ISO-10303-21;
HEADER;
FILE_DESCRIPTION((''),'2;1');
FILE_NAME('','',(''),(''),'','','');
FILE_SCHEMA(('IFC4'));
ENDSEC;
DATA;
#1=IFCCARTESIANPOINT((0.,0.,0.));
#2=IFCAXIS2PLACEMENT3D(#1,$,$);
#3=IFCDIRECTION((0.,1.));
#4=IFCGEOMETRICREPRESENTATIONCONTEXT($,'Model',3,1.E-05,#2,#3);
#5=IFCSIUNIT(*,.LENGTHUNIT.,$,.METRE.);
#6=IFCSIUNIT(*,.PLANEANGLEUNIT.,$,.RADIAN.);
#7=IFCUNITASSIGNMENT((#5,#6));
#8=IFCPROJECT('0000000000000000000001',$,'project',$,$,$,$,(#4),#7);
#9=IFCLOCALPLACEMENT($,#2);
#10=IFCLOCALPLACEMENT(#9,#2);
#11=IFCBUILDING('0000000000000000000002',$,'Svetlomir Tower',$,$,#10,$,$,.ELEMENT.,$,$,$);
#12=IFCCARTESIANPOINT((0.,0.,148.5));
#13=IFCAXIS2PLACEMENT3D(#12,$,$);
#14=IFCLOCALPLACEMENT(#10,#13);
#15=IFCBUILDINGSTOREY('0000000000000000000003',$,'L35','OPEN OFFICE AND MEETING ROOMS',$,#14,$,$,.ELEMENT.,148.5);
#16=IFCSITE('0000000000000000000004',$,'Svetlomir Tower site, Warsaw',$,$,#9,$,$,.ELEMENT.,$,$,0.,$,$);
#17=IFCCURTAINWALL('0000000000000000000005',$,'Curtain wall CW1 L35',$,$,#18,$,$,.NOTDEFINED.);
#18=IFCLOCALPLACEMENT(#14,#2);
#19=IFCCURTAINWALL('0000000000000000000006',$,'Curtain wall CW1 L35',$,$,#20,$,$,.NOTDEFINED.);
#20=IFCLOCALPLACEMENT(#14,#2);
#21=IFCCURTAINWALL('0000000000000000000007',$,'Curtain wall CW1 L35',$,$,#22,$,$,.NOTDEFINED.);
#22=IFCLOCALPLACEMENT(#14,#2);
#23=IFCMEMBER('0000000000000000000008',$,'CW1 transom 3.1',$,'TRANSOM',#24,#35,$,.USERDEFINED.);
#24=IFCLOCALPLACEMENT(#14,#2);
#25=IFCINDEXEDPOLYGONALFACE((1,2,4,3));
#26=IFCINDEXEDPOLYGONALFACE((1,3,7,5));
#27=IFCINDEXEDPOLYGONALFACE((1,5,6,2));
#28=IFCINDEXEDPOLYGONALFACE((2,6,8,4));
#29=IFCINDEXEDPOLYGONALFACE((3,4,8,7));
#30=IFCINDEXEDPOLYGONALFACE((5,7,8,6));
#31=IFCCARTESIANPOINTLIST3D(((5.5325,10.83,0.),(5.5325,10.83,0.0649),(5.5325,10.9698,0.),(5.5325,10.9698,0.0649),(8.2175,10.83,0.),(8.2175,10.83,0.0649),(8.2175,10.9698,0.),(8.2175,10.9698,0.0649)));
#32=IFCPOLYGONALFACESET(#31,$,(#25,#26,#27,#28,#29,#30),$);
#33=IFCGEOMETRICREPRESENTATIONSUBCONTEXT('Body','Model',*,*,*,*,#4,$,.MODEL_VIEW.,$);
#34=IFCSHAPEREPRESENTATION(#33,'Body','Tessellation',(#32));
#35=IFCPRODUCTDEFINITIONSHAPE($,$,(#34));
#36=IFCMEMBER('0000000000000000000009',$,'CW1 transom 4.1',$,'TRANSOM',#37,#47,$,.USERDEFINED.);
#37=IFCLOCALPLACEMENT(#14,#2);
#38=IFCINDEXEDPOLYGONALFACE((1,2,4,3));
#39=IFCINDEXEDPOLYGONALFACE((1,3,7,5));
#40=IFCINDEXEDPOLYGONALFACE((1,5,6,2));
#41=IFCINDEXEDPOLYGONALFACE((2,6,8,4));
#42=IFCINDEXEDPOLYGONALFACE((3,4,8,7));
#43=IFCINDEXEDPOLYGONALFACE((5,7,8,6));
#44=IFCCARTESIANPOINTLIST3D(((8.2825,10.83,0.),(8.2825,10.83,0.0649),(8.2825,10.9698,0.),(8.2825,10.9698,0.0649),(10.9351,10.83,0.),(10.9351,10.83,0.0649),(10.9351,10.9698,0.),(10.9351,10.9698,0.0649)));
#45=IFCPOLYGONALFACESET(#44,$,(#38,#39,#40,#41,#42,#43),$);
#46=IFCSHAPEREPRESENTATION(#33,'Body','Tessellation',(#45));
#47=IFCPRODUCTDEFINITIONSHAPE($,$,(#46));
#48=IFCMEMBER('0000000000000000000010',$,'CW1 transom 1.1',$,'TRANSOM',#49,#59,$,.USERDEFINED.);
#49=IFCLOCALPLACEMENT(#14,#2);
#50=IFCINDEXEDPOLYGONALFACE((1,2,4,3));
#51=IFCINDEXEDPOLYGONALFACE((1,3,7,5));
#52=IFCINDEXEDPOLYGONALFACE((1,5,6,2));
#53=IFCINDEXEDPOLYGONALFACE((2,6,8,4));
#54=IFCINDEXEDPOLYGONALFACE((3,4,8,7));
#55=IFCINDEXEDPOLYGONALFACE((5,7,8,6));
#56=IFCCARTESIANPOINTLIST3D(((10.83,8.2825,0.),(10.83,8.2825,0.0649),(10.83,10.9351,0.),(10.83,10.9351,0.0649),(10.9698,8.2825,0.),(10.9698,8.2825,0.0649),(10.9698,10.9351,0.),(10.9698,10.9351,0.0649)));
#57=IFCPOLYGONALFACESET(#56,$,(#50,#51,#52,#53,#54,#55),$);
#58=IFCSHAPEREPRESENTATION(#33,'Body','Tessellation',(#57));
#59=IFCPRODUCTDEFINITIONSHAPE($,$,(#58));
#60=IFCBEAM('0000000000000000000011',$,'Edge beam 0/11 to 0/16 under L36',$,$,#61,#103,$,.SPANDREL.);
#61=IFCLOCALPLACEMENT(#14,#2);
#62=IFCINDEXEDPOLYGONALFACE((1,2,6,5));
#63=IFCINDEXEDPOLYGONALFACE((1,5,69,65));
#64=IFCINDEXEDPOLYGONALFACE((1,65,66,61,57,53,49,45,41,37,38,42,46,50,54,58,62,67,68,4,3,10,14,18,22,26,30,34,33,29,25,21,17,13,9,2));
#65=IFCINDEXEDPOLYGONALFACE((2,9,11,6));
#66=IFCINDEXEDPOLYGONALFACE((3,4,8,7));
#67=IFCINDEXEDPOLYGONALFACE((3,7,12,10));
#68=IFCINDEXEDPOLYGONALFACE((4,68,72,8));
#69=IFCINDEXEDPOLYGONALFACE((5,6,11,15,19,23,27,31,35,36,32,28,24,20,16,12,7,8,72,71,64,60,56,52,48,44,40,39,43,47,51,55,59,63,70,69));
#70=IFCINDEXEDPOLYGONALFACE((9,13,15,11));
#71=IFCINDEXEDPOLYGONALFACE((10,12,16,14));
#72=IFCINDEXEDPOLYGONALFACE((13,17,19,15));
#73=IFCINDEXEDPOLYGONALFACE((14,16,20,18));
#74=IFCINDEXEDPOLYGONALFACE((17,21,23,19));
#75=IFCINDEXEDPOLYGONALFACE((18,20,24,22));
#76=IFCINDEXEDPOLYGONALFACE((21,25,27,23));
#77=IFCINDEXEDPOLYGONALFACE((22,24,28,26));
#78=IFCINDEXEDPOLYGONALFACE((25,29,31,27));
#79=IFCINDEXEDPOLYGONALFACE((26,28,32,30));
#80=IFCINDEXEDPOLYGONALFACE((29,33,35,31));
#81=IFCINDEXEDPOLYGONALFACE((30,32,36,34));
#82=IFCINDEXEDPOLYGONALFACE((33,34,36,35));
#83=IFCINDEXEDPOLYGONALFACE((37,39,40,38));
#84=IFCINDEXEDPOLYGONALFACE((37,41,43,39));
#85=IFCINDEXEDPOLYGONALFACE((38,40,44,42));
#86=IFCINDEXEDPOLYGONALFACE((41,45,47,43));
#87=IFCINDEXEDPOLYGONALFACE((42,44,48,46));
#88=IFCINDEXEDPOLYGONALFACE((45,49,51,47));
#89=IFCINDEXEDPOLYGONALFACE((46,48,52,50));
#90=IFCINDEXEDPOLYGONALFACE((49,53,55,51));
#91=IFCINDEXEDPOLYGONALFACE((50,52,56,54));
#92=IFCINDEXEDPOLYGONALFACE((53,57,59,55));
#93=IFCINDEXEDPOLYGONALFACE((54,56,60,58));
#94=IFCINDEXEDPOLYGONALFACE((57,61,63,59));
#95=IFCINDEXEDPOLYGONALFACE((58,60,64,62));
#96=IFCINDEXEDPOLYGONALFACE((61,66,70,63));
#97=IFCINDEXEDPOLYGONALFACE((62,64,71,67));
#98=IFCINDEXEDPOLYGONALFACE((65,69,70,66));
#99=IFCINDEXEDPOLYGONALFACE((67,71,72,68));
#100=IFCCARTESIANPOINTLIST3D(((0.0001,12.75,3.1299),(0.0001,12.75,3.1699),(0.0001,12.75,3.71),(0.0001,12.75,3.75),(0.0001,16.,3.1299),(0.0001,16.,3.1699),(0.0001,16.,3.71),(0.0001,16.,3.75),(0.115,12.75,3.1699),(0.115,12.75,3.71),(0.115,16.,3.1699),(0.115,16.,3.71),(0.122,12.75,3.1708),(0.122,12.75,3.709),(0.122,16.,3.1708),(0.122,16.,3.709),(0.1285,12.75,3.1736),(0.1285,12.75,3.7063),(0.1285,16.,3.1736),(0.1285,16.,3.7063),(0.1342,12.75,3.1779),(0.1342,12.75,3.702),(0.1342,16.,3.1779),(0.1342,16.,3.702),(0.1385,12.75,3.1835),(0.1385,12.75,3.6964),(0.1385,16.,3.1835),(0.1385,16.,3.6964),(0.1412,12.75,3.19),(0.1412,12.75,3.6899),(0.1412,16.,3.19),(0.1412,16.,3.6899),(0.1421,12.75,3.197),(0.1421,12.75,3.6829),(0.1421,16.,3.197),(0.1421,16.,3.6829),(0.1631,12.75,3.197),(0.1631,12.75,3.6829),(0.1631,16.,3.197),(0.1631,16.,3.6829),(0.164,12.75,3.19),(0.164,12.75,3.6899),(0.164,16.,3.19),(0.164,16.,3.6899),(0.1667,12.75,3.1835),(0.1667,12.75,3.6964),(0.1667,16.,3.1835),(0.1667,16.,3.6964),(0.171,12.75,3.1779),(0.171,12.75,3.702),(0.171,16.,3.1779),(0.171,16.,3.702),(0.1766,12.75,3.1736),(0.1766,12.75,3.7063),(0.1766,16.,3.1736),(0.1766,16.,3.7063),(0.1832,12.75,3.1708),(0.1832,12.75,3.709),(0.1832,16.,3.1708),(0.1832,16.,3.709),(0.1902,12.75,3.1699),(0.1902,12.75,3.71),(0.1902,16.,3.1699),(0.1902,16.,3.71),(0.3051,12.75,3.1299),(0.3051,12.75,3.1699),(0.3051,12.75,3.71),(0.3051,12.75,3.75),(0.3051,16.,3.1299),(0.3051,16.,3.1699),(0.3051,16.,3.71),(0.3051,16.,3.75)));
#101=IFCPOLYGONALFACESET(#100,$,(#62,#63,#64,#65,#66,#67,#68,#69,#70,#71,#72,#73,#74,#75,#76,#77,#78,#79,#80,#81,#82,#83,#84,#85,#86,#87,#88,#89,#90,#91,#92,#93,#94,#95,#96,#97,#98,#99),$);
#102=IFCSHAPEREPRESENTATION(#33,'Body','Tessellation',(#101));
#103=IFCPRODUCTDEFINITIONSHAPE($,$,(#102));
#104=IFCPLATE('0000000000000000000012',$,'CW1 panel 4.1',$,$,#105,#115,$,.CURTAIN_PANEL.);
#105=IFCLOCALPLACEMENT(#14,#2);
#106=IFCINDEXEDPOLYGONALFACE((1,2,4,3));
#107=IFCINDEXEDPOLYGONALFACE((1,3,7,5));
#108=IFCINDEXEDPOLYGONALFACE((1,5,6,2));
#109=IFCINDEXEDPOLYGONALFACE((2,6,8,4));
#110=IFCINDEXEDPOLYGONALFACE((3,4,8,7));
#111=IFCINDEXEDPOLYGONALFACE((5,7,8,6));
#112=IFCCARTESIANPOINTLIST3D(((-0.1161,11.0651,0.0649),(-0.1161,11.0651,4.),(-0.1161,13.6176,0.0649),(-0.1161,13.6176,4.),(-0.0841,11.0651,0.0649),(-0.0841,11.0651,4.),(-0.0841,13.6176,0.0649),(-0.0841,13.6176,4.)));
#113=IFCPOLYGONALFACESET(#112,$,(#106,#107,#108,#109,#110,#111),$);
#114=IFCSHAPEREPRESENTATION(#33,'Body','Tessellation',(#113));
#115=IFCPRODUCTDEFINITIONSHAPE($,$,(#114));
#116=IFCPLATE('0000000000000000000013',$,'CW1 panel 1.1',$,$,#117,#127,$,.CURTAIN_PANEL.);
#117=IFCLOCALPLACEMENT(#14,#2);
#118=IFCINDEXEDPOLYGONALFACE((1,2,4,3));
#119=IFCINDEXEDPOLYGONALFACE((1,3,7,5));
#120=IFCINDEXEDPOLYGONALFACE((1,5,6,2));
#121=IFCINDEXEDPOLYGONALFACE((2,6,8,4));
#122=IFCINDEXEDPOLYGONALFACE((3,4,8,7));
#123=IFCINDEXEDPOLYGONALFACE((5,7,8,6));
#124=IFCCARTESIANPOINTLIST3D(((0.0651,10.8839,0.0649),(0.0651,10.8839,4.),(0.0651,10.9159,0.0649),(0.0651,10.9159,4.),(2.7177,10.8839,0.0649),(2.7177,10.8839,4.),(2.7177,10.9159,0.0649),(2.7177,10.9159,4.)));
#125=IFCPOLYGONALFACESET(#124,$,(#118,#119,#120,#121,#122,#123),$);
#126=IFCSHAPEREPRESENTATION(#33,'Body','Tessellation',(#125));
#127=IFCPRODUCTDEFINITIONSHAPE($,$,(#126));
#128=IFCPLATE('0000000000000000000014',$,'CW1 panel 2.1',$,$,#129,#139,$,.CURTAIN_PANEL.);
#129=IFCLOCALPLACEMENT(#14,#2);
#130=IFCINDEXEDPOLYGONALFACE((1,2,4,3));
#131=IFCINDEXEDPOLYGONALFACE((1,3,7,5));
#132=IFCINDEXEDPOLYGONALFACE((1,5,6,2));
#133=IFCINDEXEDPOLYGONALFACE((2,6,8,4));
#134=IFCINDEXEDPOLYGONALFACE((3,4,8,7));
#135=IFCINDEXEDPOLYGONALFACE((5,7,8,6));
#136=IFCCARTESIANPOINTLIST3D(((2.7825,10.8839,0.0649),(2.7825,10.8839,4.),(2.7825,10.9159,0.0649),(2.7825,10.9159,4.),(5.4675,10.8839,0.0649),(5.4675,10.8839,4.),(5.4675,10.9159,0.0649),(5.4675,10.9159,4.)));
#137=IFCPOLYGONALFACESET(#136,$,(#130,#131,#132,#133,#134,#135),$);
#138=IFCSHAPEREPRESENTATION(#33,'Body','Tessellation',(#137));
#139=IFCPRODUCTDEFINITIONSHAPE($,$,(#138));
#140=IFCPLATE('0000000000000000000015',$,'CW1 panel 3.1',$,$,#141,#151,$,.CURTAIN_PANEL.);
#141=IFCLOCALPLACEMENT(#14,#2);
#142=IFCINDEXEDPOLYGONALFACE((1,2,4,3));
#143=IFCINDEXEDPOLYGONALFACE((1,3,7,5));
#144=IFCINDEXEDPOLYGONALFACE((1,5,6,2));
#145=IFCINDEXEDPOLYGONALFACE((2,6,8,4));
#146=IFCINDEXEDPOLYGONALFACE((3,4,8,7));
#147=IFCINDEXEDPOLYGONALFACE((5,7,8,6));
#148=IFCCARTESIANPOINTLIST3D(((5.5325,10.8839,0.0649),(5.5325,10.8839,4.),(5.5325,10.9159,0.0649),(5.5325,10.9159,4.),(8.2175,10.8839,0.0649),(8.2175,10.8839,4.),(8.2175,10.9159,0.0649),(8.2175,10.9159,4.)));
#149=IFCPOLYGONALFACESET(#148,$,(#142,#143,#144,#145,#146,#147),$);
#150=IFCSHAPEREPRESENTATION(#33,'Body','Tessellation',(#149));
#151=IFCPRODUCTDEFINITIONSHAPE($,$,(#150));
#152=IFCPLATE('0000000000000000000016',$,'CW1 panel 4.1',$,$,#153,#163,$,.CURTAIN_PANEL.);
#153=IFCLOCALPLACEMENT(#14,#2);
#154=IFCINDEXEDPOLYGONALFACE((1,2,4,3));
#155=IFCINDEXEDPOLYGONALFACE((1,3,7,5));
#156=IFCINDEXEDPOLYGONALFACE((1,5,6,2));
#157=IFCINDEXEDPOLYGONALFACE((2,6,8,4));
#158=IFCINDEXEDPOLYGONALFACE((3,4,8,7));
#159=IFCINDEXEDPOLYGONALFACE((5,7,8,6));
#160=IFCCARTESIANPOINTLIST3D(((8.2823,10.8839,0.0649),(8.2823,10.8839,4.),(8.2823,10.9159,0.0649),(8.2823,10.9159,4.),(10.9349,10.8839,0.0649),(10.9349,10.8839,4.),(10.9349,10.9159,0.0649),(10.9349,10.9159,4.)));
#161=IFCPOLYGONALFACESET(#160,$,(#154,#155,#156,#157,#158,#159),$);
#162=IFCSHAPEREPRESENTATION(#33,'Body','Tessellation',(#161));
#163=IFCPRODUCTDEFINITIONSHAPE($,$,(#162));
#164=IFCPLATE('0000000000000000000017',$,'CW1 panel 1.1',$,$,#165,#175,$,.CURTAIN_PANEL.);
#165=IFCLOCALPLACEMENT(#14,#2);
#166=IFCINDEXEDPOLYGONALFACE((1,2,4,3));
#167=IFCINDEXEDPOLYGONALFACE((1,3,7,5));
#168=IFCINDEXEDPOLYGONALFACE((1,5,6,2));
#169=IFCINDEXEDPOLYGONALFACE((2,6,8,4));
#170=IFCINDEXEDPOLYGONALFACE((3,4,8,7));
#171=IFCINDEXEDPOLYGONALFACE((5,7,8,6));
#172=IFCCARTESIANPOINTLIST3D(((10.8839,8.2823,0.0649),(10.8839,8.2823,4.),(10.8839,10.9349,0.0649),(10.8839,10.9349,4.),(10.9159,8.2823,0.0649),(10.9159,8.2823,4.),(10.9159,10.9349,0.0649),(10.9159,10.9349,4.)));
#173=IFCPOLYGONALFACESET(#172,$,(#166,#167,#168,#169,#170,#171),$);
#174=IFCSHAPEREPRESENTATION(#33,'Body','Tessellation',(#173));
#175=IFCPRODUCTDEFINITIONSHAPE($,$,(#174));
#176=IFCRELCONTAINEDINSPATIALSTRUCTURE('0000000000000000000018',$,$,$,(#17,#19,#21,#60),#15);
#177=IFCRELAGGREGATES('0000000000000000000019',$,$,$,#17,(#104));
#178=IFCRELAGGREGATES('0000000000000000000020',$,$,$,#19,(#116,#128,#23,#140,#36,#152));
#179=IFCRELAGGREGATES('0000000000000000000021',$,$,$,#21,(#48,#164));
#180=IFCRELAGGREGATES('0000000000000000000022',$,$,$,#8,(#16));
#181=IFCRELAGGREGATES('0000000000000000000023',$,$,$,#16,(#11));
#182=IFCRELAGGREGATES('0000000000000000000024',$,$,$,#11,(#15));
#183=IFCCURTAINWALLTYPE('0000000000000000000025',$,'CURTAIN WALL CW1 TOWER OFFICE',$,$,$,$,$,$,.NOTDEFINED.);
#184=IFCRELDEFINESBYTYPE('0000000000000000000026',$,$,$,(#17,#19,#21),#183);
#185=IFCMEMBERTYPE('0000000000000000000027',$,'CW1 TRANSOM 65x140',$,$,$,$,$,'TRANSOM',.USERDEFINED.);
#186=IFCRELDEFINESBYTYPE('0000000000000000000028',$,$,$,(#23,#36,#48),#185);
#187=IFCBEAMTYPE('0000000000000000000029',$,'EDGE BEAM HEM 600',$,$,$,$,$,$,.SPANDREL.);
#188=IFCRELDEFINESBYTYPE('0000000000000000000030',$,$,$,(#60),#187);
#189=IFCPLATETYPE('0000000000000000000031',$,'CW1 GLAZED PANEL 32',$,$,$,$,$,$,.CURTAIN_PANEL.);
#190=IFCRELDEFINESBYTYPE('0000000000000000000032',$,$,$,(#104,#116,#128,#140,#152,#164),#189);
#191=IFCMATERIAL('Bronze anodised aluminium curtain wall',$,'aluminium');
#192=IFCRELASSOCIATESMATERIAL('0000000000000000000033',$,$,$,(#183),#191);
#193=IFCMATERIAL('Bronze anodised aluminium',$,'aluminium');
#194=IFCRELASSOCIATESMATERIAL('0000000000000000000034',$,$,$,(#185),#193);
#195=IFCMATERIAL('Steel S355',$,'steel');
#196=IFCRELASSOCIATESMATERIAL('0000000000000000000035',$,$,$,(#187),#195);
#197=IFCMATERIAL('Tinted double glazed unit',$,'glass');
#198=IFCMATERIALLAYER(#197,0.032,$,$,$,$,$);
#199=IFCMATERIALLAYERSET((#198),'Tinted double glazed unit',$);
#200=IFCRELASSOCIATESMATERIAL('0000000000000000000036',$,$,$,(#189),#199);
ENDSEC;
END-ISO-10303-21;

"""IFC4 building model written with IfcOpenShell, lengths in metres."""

from ifc_helpers import new_model, si_unit, direction, frame, origin, origin_2d, place, context, subcontext, project, spatial, rectangle, i_section, extrude, material, layer, layer_set, material_profile, profile_set, type_object, element, aggregate, save


model = new_model("IFC4")

# Units and contexts
model_context = context("Model", 3, precision=1e-05, world=origin(), true_north=direction((0.0, 1.0)))
body_context = subcontext(model_context, "Body", "Model", "MODEL_VIEW")
ifc_project = project(units=[si_unit("LENGTHUNIT", "METRE"), si_unit("PLANEANGLEUNIT", "RADIAN")], contexts=[model_context])

# Site, building, storey
site_placement = place(None, origin())
site = spatial("IfcSite", under=ifc_project, at=site_placement, Name="Svetlomir Tower site, Warsaw", CompositionType="ELEMENT", RefElevation=0.0)
building_placement = place(site_placement, origin())
building = spatial("IfcBuilding", under=site, at=building_placement, Name="Svetlomir Tower", CompositionType="ELEMENT")
storey_placement = place(building_placement, frame((0.0, 0.0, 148.5)))
storey = spatial("IfcBuildingStorey", under=building, at=storey_placement, Name="L35", Description="OPEN OFFICE AND MEETING ROOMS", CompositionType="ELEMENT", Elevation=148.5)

# Curtain wall
ifc_material_1 = material(Name="Bronze anodised aluminium curtain wall", Category="aluminium")
curtain_wall_type = type_object("IfcCurtainWallType", Name="CURTAIN WALL CW1 TOWER OFFICE", PredefinedType="NOTDEFINED", material=ifc_material_1)
curtain_wall_1_placement = place(storey_placement, origin())
curtain_wall_1 = element("IfcCurtainWall", 1, at=curtain_wall_1_placement, inside=storey, type_object=curtain_wall_type, Name="Curtain wall CW1 L35", PredefinedType="NOTDEFINED")

# Curtain wall
curtain_wall_2_placement = place(storey_placement, origin())
curtain_wall_2 = element("IfcCurtainWall", 2, at=curtain_wall_2_placement, inside=storey, type_object=curtain_wall_type, Name="Curtain wall CW1 L35", PredefinedType="NOTDEFINED")

# Curtain wall
curtain_wall_3_placement = place(storey_placement, origin())
curtain_wall_3 = element("IfcCurtainWall", 3, at=curtain_wall_3_placement, inside=storey, type_object=curtain_wall_type, Name="Curtain wall CW1 L35", PredefinedType="NOTDEFINED")

# Members
ifc_material_2 = material(Name="Bronze anodised aluminium", Category="aluminium")
ifc_material_profile_1 = material_profile(ifc_material_2, rectangle(XDim=0.1399, YDim=0.0649, at=origin_2d()), Name="AL 140x65")
ifc_profile_set_1 = profile_set([ifc_material_profile_1], Name="Bronze anodised aluminium 6063-T6")
member_type_1 = type_object("IfcMemberType", Name="CW1 TRANSOM 65x140", ElementType="TRANSOM", PredefinedType="USERDEFINED", material=ifc_profile_set_1)
member_1_placement = place(storey_placement, frame((5.5325, 10.8999, 0.0325), z_axis=(1.0, 0.0, 0.0), x_axis=(0.0, 1.0, 0.0)))
member_1 = element("IfcMember", 4, at=member_1_placement, type_object=member_type_1, Name="CW1 transom 3.1", ObjectType="TRANSOM", PredefinedType="USERDEFINED", context=body_context, shape_type="SweptSolid", body=[
    extrude(rectangle(XDim=0.1399, YDim=0.0649, at=origin_2d()), origin(), (0.0, 0.0, 1.0), 2.6851),
])
member_2_placement = place(storey_placement, frame((8.2825, 10.8999, 0.0325), z_axis=(1.0, 0.0, 0.0), x_axis=(0.0, 1.0, 0.0)))
member_2 = element("IfcMember", 5, at=member_2_placement, type_object=member_type_1, Name="CW1 transom 4.1", ObjectType="TRANSOM", PredefinedType="USERDEFINED", context=body_context, shape_type="SweptSolid", body=[
    extrude(rectangle(XDim=0.1399, YDim=0.0649, at=origin_2d()), origin(), (0.0, 0.0, 1.0), 2.6526),
])
member_3_placement = place(storey_placement, frame((10.8999, 10.9351, 0.0325), z_axis=(0.0, -1.0, 0.0), x_axis=(1.0, 0.0, 0.0)))
member_3 = element("IfcMember", 6, at=member_3_placement, type_object=member_type_1, Name="CW1 transom 1.1", ObjectType="TRANSOM", PredefinedType="USERDEFINED", context=body_context, shape_type="SweptSolid", body=[
    extrude(rectangle(XDim=0.1399, YDim=0.0649, at=origin_2d()), origin(), (0.0, 0.0, 1.0), 2.6526),
])

# Beam
ifc_material_3 = material(Name="Steel S355", Category="steel")
ifc_material_profile_2 = material_profile(ifc_material_3, i_section(OverallWidth=0.3049, OverallDepth=0.6201, WebThickness=0.021, FlangeThickness=0.04, FilletRadius=0.0271, at=origin_2d()), Name="HEM 600")
ifc_profile_set_2 = profile_set([ifc_material_profile_2], Name="Steel S355")
beam_type = type_object("IfcBeamType", Name="EDGE BEAM HEM 600", PredefinedType="SPANDREL", material=ifc_profile_set_2)
beam_placement = place(storey_placement, frame((0.1526, 12.75, 3.4399), z_axis=(0.0, 1.0, 0.0), x_axis=(-1.0, 0.0, 0.0)))
element("IfcBeam", 7, at=beam_placement, inside=storey, type_object=beam_type, Name="Edge beam 0/11 to 0/16 under L36", PredefinedType="SPANDREL", context=body_context, shape_type="SweptSolid", body=[
    extrude(i_section(OverallWidth=0.3049, OverallDepth=0.6201, WebThickness=0.021, FlangeThickness=0.04, FilletRadius=0.0271, at=origin_2d()), origin(), (0.0, 0.0, 1.0), 3.25),
])

# Plates
ifc_material_4 = material(Name="Tinted double glazed unit", Category="glass")
ifc_layer_1 = layer(ifc_material_4, 0.032)
ifc_layer_set_1 = layer_set([ifc_layer_1], Name="Tinted double glazed unit")
plate_type = type_object("IfcPlateType", Name="CW1 GLAZED PANEL 32", PredefinedType="CURTAIN_PANEL", material=ifc_layer_set_1)
plate_1_placement = place(storey_placement, frame((-0.1001, 12.3413, 0.0649), z_axis=(0.0, 0.0, 1.0), x_axis=(0.0, -1.0, 0.0)))
plate_1 = element("IfcPlate", 8, at=plate_1_placement, type_object=plate_type, Name="CW1 panel 4.1", PredefinedType="CURTAIN_PANEL", context=body_context, shape_type="SweptSolid", body=[
    extrude(rectangle(XDim=2.5525, YDim=0.032, at=origin_2d()), origin(), (0.0, 0.0, 1.0), 3.9351),
])
aggregate(curtain_wall_1, [plate_1])
plate_2_placement = place(storey_placement, frame((1.3914, 10.8999, 0.0649), z_axis=(0.0, 0.0, 1.0), x_axis=(1.0, 0.0, 0.0)))
plate_2 = element("IfcPlate", 9, at=plate_2_placement, type_object=plate_type, Name="CW1 panel 1.1", PredefinedType="CURTAIN_PANEL", context=body_context, shape_type="SweptSolid", body=[
    extrude(rectangle(XDim=2.6526, YDim=0.032, at=origin_2d()), origin(), (0.0, 0.0, 1.0), 3.9351),
])
plate_3_placement = place(storey_placement, frame((4.125, 10.8999, 0.0649), z_axis=(0.0, 0.0, 1.0), x_axis=(1.0, 0.0, 0.0)))
plate_3 = element("IfcPlate", 10, at=plate_3_placement, type_object=plate_type, Name="CW1 panel 2.1", PredefinedType="CURTAIN_PANEL", context=body_context, shape_type="SweptSolid", body=[
    extrude(rectangle(XDim=2.6851, YDim=0.032, at=origin_2d()), origin(), (0.0, 0.0, 1.0), 3.9351),
])
plate_4_placement = place(storey_placement, frame((6.875, 10.8999, 0.0649), z_axis=(0.0, 0.0, 1.0), x_axis=(1.0, 0.0, 0.0)))
plate_4 = element("IfcPlate", 11, at=plate_4_placement, type_object=plate_type, Name="CW1 panel 3.1", PredefinedType="CURTAIN_PANEL", context=body_context, shape_type="SweptSolid", body=[
    extrude(rectangle(XDim=2.6851, YDim=0.032, at=origin_2d()), origin(), (0.0, 0.0, 1.0), 3.9351),
])
plate_5_placement = place(storey_placement, frame((9.6086, 10.8999, 0.0649), z_axis=(0.0, 0.0, 1.0), x_axis=(1.0, 0.0, 0.0)))
plate_5 = element("IfcPlate", 12, at=plate_5_placement, type_object=plate_type, Name="CW1 panel 4.1", PredefinedType="CURTAIN_PANEL", context=body_context, shape_type="SweptSolid", body=[
    extrude(rectangle(XDim=2.6526, YDim=0.032, at=origin_2d()), origin(), (0.0, 0.0, 1.0), 3.9351),
])
aggregate(curtain_wall_2, [plate_2, plate_3, member_1, plate_4, member_2, plate_5])
plate_6_placement = place(storey_placement, frame((10.8999, 9.6086, 0.0649), z_axis=(0.0, 0.0, 1.0), x_axis=(0.0, -1.0, 0.0)))
plate_6 = element("IfcPlate", 13, at=plate_6_placement, type_object=plate_type, Name="CW1 panel 1.1", PredefinedType="CURTAIN_PANEL", context=body_context, shape_type="SweptSolid", body=[
    extrude(rectangle(XDim=2.6526, YDim=0.032, at=origin_2d()), origin(), (0.0, 0.0, 1.0), 3.9351),
])
aggregate(curtain_wall_3, [member_3, plate_6])

save(model, "model.ifc")
